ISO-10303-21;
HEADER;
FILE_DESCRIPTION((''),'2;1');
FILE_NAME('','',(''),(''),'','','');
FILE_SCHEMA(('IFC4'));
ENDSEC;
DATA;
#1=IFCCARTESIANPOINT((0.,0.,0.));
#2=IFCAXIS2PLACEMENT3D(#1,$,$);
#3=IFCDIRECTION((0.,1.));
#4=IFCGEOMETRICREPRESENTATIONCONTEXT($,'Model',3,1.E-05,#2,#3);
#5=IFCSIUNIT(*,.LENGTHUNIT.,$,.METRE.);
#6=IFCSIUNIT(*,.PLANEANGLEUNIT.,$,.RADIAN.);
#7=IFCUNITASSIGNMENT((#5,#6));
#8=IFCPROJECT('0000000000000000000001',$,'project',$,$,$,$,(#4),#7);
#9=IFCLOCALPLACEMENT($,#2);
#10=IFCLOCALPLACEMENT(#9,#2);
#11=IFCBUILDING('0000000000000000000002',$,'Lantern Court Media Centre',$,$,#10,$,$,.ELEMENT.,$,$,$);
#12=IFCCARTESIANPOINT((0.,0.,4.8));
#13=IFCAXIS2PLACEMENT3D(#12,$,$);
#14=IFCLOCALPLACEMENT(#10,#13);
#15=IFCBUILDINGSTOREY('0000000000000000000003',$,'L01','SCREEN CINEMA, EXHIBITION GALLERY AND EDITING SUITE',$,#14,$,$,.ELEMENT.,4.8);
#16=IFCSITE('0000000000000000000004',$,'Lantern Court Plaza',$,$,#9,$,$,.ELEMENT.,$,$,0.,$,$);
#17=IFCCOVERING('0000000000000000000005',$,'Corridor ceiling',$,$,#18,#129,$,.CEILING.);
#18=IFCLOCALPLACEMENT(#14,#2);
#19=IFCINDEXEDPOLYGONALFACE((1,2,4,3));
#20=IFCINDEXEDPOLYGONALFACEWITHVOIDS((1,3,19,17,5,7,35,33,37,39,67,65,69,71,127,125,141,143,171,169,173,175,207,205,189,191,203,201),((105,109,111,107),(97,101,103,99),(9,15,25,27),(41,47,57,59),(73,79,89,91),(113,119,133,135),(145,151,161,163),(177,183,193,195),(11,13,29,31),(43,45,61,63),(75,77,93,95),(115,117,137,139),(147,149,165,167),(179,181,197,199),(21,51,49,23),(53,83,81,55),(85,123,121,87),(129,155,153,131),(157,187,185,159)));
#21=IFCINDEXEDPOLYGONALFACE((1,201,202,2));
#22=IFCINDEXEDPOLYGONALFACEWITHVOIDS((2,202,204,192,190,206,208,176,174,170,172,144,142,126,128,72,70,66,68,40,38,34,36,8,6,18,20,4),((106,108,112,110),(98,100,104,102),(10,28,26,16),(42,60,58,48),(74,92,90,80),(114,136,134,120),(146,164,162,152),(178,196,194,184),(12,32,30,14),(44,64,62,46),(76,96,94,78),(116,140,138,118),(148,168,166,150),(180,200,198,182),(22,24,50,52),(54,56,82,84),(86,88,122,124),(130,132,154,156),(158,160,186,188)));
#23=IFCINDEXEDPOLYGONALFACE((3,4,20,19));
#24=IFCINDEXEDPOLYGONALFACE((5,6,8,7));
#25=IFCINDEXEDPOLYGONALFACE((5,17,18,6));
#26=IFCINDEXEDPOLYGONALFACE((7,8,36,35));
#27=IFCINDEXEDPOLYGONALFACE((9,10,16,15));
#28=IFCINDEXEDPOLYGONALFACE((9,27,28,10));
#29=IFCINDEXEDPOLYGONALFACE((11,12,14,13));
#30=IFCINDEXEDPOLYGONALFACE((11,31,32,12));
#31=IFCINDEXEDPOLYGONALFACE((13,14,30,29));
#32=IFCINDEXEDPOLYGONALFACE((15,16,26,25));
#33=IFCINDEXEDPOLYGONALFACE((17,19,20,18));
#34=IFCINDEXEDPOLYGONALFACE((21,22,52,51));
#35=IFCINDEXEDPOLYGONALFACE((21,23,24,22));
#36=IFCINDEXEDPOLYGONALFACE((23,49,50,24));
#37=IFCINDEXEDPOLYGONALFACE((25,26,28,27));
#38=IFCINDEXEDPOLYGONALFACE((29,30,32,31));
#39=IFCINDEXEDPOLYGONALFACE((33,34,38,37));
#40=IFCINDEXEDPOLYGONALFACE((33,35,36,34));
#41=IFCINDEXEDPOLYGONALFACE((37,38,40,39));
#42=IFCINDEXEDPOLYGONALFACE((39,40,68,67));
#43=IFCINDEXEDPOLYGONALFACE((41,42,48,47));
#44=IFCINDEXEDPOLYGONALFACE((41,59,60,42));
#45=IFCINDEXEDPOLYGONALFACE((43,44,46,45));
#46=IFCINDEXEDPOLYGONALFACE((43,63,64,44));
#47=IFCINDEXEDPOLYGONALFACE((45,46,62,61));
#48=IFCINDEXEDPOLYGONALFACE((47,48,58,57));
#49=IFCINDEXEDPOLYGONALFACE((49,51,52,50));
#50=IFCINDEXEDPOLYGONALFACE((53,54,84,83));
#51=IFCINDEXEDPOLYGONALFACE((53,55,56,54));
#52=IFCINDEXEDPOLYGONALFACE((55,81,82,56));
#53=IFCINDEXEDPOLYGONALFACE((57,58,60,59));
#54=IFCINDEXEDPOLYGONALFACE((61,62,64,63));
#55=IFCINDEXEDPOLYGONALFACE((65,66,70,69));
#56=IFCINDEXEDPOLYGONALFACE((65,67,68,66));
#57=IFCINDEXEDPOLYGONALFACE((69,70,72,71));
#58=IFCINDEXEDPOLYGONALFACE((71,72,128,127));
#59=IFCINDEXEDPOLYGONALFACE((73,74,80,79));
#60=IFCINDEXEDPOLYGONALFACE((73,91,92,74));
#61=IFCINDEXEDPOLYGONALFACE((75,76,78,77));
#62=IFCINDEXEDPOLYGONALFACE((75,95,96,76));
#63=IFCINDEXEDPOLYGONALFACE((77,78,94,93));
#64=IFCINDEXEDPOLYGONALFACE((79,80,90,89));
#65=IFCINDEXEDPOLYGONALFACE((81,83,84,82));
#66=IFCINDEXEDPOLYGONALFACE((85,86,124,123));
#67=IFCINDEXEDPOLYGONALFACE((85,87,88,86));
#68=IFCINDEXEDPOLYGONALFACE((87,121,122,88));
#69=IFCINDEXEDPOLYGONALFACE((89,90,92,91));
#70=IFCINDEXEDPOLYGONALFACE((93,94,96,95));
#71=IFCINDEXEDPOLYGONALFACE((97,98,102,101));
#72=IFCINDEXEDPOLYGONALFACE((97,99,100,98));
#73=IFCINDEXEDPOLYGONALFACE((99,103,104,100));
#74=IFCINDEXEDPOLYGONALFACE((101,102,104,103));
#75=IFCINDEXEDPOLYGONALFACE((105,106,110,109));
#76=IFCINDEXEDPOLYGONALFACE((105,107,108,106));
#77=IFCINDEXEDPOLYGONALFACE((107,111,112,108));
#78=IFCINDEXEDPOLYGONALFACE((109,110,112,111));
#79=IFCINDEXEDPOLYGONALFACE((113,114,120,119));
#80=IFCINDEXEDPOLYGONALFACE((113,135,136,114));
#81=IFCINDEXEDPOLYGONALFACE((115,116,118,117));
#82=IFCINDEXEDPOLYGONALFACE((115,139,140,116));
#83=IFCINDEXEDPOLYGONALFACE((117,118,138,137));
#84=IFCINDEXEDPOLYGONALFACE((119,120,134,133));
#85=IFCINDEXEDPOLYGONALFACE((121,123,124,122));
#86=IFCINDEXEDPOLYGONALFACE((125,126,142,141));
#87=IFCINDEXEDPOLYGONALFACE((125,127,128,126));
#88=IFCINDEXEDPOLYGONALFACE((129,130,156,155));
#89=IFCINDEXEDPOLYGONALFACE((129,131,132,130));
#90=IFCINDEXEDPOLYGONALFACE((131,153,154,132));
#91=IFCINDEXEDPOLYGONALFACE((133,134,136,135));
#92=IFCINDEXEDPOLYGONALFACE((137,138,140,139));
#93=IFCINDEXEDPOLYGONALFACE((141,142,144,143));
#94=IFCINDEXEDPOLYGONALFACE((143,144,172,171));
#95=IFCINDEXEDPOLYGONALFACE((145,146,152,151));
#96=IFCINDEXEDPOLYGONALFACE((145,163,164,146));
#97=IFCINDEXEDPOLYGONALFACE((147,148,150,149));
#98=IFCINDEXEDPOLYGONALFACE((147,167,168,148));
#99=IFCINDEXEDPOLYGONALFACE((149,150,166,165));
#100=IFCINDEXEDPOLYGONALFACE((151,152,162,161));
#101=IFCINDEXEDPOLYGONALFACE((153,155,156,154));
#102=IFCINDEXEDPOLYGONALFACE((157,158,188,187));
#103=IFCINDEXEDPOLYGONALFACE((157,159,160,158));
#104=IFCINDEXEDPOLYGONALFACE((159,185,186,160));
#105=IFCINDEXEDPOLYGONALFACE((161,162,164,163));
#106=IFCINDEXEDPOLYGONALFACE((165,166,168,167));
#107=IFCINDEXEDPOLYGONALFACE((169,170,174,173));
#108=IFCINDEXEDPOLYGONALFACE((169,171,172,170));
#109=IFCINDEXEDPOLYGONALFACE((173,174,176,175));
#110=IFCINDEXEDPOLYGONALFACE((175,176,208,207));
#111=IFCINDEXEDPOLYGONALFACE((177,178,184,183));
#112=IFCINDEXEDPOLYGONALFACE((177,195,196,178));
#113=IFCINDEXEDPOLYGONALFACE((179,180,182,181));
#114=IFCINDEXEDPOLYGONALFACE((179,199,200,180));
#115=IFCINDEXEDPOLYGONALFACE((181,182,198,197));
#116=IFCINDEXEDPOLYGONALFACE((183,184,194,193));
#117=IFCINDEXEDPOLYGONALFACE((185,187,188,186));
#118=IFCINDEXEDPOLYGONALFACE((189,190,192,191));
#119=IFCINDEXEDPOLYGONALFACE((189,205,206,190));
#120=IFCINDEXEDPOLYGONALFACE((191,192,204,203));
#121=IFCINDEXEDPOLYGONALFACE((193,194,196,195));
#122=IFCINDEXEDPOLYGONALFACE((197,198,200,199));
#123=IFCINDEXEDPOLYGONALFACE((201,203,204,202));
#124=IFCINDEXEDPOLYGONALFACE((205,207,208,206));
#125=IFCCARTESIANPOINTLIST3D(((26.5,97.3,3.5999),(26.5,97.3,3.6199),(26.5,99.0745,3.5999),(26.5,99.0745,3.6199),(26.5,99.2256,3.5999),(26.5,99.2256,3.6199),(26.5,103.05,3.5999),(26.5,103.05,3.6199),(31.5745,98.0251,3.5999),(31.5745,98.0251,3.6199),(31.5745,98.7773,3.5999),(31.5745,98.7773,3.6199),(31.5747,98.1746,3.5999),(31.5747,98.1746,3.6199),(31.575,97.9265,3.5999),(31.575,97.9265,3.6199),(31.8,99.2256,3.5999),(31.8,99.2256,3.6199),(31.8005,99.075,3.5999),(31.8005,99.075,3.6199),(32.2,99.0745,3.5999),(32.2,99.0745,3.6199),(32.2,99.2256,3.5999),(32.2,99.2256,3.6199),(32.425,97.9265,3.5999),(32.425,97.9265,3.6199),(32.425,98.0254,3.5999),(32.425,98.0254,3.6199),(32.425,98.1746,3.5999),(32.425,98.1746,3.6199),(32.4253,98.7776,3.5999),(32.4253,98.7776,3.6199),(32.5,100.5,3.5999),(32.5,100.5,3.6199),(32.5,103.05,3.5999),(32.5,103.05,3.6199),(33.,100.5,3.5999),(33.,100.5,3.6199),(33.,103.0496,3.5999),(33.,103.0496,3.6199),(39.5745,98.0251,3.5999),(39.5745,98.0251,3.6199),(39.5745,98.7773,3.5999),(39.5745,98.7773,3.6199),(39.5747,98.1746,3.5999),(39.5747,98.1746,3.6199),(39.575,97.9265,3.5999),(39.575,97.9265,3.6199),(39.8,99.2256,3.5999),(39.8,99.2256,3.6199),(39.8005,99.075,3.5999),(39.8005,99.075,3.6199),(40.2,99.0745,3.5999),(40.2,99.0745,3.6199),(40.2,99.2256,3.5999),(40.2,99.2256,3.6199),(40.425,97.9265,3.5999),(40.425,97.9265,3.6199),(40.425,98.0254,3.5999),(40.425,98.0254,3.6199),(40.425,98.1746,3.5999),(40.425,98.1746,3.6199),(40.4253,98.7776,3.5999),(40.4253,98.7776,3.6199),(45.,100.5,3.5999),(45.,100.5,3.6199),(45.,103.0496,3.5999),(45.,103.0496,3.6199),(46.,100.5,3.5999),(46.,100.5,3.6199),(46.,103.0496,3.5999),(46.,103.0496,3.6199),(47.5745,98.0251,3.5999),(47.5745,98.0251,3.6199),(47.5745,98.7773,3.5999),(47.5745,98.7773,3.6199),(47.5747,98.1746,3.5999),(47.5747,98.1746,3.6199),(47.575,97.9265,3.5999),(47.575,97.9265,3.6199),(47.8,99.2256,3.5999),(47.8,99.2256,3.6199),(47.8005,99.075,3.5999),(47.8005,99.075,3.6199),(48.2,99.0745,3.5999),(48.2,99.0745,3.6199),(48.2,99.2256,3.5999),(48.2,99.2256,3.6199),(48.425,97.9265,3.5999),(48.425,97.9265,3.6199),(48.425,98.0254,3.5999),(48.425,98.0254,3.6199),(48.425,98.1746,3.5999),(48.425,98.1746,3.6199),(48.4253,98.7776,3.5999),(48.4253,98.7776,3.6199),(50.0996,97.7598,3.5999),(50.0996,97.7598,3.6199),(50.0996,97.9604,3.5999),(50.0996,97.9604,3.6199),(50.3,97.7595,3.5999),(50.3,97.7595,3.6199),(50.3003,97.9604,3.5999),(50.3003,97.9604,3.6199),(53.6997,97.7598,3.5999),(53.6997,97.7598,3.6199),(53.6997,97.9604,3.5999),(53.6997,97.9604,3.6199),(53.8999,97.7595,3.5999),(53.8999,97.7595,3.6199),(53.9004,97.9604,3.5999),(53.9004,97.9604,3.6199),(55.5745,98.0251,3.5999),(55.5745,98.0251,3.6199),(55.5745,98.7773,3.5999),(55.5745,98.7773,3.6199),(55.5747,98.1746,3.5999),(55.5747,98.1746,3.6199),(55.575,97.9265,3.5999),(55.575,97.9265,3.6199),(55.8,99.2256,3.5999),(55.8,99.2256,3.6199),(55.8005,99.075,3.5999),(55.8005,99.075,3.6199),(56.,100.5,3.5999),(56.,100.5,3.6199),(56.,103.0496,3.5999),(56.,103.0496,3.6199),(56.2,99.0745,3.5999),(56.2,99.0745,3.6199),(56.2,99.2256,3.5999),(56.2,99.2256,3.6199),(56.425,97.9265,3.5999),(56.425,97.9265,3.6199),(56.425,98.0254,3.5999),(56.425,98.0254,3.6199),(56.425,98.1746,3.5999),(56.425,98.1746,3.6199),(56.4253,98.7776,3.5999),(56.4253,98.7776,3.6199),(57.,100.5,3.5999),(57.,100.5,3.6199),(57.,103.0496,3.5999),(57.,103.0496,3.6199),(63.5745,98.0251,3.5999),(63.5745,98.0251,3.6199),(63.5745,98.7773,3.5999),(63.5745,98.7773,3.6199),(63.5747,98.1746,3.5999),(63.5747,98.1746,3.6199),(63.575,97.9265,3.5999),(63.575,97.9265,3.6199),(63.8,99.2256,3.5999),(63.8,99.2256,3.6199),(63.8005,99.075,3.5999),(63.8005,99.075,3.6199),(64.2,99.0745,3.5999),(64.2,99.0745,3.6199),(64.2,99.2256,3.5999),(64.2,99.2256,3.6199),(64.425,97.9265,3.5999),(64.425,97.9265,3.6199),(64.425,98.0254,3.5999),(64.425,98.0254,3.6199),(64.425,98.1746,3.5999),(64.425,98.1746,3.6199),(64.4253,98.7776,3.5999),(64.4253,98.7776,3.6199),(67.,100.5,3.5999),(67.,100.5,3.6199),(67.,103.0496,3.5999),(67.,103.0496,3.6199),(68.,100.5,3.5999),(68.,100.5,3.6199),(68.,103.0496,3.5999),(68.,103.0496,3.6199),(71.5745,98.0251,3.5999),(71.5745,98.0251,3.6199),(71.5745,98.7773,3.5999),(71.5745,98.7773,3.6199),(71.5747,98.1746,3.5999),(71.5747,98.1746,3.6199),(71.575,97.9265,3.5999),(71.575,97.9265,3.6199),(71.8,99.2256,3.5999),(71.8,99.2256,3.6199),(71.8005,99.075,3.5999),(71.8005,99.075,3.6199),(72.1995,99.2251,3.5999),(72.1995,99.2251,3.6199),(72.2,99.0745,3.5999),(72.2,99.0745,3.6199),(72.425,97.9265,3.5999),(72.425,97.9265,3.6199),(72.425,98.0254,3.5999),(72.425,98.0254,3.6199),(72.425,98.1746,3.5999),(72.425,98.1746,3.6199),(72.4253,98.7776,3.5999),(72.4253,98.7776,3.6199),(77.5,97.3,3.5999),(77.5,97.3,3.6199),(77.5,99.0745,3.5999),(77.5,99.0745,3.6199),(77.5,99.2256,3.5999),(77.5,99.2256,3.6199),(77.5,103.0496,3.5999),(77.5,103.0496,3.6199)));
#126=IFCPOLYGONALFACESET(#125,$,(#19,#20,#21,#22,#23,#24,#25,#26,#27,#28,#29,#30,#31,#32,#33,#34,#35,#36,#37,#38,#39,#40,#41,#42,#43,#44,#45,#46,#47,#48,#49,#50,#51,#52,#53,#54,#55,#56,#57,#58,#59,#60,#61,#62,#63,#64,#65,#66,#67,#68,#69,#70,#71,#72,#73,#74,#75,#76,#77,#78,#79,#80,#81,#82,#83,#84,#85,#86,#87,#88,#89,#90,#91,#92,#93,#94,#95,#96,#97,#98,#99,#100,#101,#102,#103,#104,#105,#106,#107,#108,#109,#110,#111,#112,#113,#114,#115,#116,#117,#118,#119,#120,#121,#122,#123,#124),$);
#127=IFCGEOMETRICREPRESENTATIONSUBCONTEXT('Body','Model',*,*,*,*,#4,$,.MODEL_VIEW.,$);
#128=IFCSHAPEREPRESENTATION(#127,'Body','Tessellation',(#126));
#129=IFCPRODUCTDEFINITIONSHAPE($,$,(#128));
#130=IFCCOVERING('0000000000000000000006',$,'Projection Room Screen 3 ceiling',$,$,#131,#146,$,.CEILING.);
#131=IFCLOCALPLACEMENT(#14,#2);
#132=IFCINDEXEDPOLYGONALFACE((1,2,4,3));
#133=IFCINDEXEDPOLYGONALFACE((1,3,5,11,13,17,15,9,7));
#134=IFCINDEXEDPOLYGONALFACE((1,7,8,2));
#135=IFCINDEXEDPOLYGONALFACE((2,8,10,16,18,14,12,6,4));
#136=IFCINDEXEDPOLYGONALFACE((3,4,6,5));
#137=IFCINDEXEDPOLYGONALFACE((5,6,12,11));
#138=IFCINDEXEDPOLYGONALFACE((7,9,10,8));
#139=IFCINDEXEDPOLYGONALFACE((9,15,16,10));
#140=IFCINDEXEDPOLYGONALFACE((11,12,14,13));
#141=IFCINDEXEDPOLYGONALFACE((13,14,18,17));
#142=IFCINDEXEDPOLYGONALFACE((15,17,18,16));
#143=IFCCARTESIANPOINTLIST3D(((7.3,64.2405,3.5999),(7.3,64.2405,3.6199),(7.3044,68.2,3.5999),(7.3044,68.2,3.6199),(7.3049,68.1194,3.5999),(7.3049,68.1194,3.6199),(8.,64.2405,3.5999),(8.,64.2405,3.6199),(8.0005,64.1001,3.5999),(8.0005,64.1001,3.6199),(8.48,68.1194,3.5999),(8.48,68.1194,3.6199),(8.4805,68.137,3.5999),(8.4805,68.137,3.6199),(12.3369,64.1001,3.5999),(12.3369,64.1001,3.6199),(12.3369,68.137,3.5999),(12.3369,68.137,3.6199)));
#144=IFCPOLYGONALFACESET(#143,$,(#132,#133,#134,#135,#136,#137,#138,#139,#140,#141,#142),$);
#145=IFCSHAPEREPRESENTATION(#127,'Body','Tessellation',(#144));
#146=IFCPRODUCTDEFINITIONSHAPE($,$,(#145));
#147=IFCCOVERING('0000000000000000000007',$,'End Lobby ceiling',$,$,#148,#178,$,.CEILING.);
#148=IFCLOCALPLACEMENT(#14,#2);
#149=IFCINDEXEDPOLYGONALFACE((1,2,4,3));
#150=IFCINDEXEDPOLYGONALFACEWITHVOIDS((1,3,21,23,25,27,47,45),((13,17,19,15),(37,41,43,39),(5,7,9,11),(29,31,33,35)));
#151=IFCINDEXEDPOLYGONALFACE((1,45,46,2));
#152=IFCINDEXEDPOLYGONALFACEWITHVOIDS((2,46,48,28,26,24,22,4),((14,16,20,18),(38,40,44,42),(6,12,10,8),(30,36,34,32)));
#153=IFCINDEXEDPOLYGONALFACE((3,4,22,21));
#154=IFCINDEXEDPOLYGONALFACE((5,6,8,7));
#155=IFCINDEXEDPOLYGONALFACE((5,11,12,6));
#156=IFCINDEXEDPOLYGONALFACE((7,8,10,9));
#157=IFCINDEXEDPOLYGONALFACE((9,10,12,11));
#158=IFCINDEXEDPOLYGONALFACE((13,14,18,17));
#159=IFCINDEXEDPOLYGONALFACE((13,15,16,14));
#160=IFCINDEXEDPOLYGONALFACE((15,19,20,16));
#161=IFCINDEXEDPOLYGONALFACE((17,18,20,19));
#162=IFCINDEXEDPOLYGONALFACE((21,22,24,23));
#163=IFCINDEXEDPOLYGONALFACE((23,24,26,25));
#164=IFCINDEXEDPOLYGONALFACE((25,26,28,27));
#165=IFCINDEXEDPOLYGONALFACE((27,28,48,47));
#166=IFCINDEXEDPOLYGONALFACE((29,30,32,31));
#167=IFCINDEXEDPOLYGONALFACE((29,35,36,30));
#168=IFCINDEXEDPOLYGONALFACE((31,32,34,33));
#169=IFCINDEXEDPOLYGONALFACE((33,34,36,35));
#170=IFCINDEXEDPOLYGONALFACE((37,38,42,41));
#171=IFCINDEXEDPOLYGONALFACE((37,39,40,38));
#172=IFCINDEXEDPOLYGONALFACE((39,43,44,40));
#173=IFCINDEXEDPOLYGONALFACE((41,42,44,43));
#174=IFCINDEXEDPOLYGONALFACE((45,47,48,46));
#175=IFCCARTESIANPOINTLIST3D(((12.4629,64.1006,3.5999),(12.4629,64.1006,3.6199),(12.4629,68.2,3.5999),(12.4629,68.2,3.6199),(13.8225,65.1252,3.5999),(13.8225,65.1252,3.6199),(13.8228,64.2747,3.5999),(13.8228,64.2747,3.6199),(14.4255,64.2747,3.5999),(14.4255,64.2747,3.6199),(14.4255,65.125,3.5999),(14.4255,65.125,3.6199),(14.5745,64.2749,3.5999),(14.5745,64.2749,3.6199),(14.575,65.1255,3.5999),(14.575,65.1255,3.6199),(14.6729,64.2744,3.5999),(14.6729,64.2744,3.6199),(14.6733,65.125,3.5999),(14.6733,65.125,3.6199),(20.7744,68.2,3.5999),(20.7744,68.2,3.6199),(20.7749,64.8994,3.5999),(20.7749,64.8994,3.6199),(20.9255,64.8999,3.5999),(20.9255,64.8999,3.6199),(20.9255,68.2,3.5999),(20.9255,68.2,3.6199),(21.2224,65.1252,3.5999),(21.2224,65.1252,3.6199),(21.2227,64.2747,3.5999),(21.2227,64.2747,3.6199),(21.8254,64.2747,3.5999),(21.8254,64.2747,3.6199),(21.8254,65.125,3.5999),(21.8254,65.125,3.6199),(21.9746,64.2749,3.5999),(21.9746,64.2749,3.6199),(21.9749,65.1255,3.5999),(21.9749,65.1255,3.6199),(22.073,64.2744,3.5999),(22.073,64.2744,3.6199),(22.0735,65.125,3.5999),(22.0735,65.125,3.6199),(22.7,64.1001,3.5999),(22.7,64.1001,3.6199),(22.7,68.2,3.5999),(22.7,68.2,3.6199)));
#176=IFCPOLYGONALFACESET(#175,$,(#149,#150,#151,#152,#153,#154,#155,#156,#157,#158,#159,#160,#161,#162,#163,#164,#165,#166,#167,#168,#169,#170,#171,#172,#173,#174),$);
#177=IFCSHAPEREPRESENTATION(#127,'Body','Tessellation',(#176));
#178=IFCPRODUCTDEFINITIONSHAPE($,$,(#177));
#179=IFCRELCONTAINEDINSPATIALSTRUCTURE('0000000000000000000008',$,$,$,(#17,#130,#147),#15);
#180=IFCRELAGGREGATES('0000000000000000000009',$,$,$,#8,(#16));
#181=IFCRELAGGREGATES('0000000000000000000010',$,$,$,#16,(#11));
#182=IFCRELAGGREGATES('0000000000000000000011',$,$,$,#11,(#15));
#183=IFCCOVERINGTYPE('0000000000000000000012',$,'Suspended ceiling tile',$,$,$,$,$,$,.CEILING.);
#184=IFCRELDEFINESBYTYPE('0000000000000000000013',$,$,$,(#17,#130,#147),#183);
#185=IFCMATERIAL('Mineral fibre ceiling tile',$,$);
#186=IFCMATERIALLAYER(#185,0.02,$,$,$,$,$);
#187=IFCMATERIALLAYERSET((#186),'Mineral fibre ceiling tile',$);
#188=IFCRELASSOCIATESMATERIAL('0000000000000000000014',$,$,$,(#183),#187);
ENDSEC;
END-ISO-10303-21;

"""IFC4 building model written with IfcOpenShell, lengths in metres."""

from ifc_helpers import new_model, si_unit, direction, frame, origin, place, context, subcontext, project, spatial, polyline, outline, extrude, material, layer, layer_set, type_object, element, save


model = new_model("IFC4")

# Units and contexts
model_context = context("Model", 3, precision=1e-05, world=origin(), true_north=direction((0.0, 1.0)))
body_context = subcontext(model_context, "Body", "Model", "MODEL_VIEW")
ifc_project = project(units=[si_unit("LENGTHUNIT", "METRE"), si_unit("PLANEANGLEUNIT", "RADIAN")], contexts=[model_context])

# Site, building, storey
site_placement = place(None, origin())
site = spatial("IfcSite", under=ifc_project, at=site_placement, Name="Lantern Court Plaza", CompositionType="ELEMENT", RefElevation=0.0)
building_placement = place(site_placement, origin())
building = spatial("IfcBuilding", under=site, at=building_placement, Name="Lantern Court Media Centre", CompositionType="ELEMENT")
storey_placement = place(building_placement, frame((0.0, 0.0, 4.8)))
storey = spatial("IfcBuildingStorey", under=building, at=storey_placement, Name="L01", Description="SCREEN CINEMA, EXHIBITION GALLERY AND EDITING SUITE", CompositionType="ELEMENT", Elevation=4.8)

# Coverings
ifc_material_1 = material(Name="Mineral fibre ceiling tile")
ifc_layer_1 = layer(ifc_material_1, 0.02)
ifc_layer_set_1 = layer_set([ifc_layer_1], Name="Mineral fibre ceiling tile")
covering_type_1 = type_object("IfcCoveringType", Name="Suspended ceiling tile", PredefinedType="CEILING", material=ifc_layer_set_1)
covering_1_placement = place(storey_placement, frame((0.0, 0.0, 3.5999)))
element("IfcCovering", 1, at=covering_1_placement, inside=storey, type_object=covering_type_1, Name="Corridor ceiling", PredefinedType="CEILING", context=body_context, shape_type="SweptSolid", body=[
    extrude(outline(polyline([(67.0, 100.5), (68.0, 100.5), (68.0, 103.0496), (77.5, 103.0496), (77.5, 99.2256), (72.1995, 99.2251), (72.2, 99.0745), (77.5, 99.0745), (77.5, 97.3), (26.5, 97.3), (26.5, 99.0745), (31.8005, 99.075), (31.8, 99.2256), (26.5, 99.2256), (26.5, 103.05), (32.5, 103.05), (32.5, 100.5), (33.0, 100.5), (33.0, 103.0496), (45.0, 103.0496), (45.0, 100.5), (46.0, 100.5), (46.0, 103.0496), (56.0, 103.0496), (56.0, 100.5), (57.0, 100.5), (57.0, 103.0496), (67.0, 103.0496), (67.0, 100.5)]), holes=[polyline([(72.425, 97.9265), (72.425, 98.0254), (71.5745, 98.0251), (71.575, 97.9265), (72.425, 97.9265)]), polyline([(72.425, 98.1746), (72.4253, 98.7776), (71.5745, 98.7773), (71.5747, 98.1746), (72.425, 98.1746)]), polyline([(64.2, 99.2256), (64.2, 99.0745), (71.8005, 99.075), (71.8, 99.2256), (64.2, 99.2256)]), polyline([(64.425, 98.1746), (64.4253, 98.7776), (63.5745, 98.7773), (63.5747, 98.1746), (64.425, 98.1746)]), polyline([(64.425, 97.9265), (64.425, 98.0254), (63.5745, 98.0251), (63.575, 97.9265), (64.425, 97.9265)]), polyline([(56.2, 99.2256), (56.2, 99.0745), (63.8005, 99.075), (63.8, 99.2256), (56.2, 99.2256)]), polyline([(56.425, 98.1746), (56.4253, 98.7776), (55.5745, 98.7773), (55.5747, 98.1746), (56.425, 98.1746)]), polyline([(56.425, 97.9265), (56.425, 98.0254), (55.5745, 98.0251), (55.575, 97.9265), (56.425, 97.9265)]), polyline([(48.2, 99.2256), (48.2, 99.0745), (55.8005, 99.075), (55.8, 99.2256), (48.2, 99.2256)]), polyline([(53.8999, 97.7595), (53.9004, 97.9604), (53.6997, 97.9604), (53.6997, 97.7598), (53.8999, 97.7595)]), polyline([(50.3, 97.7595), (50.3003, 97.9604), (50.0996, 97.9604), (50.0996, 97.7598), (50.3, 97.7595)]), polyline([(48.425, 98.1746), (48.4253, 98.7776), (47.5745, 98.7773), (47.5747, 98.1746), (48.425, 98.1746)]), polyline([(48.425, 97.9265), (48.425, 98.0254), (47.5745, 98.0251), (47.575, 97.9265), (48.425, 97.9265)]), polyline([(40.2, 99.2256), (40.2, 99.0745), (47.8005, 99.075), (47.8, 99.2256), (40.2, 99.2256)]), polyline([(40.425, 97.9265), (40.425, 98.0254), (39.5745, 98.0251), (39.575, 97.9265), (40.425, 97.9265)]), polyline([(40.425, 98.1746), (40.4253, 98.7776), (39.5745, 98.7773), (39.5747, 98.1746), (40.425, 98.1746)]), polyline([(32.2, 99.2256), (32.2, 99.0745), (39.8005, 99.075), (39.8, 99.2256), (32.2, 99.2256)]), polyline([(32.425, 97.9265), (32.425, 98.0254), (31.5745, 98.0251), (31.575, 97.9265), (32.425, 97.9265)]), polyline([(32.425, 98.1746), (32.4253, 98.7776), (31.5745, 98.7773), (31.5747, 98.1746), (32.425, 98.1746)])]), origin(), (0.0, 0.0, 1.0), 0.02),
])
covering_2_placement = place(storey_placement, frame((0.0, 0.0, 3.5999)))
element("IfcCovering", 2, at=covering_2_placement, inside=storey, type_object=covering_type_1, Name="Projection Room Screen 3 ceiling", PredefinedType="CEILING", context=body_context, shape_type="SweptSolid", body=[
    extrude(outline(polyline([(7.3044, 68.2), (7.3049, 68.1194), (8.48, 68.1194), (8.4805, 68.137), (12.3369, 68.137), (12.3369, 64.1001), (8.0005, 64.1001), (8.0, 64.2405), (7.3, 64.2405), (7.3044, 68.2)])), origin(), (0.0, 0.0, 1.0), 0.02),
])
covering_3_placement = place(storey_placement, frame((0.0, 0.0, 3.5999)))
element("IfcCovering", 3, at=covering_3_placement, inside=storey, type_object=covering_type_1, Name="End Lobby ceiling", PredefinedType="CEILING", context=body_context, shape_type="SweptSolid", body=[
    extrude(outline(polyline([(22.7, 68.2), (22.7, 64.1001), (12.4629, 64.1006), (12.4629, 68.2), (20.7744, 68.2), (20.7749, 64.8994), (20.9255, 64.8999), (20.9255, 68.2), (22.7, 68.2)]), holes=[polyline([(22.073, 64.2744), (22.0735, 65.125), (21.9749, 65.1255), (21.9746, 64.2749), (22.073, 64.2744)]), polyline([(21.8254, 65.125), (21.2224, 65.1252), (21.2227, 64.2747), (21.8254, 64.2747), (21.8254, 65.125)]), polyline([(14.6729, 64.2744), (14.6733, 65.125), (14.575, 65.1255), (14.5745, 64.2749), (14.6729, 64.2744)]), polyline([(14.4255, 65.125), (13.8225, 65.1252), (13.8228, 64.2747), (14.4255, 64.2747), (14.4255, 65.125)])]), origin(), (0.0, 0.0, 1.0), 0.02),
])

save(model, "model.ifc")
